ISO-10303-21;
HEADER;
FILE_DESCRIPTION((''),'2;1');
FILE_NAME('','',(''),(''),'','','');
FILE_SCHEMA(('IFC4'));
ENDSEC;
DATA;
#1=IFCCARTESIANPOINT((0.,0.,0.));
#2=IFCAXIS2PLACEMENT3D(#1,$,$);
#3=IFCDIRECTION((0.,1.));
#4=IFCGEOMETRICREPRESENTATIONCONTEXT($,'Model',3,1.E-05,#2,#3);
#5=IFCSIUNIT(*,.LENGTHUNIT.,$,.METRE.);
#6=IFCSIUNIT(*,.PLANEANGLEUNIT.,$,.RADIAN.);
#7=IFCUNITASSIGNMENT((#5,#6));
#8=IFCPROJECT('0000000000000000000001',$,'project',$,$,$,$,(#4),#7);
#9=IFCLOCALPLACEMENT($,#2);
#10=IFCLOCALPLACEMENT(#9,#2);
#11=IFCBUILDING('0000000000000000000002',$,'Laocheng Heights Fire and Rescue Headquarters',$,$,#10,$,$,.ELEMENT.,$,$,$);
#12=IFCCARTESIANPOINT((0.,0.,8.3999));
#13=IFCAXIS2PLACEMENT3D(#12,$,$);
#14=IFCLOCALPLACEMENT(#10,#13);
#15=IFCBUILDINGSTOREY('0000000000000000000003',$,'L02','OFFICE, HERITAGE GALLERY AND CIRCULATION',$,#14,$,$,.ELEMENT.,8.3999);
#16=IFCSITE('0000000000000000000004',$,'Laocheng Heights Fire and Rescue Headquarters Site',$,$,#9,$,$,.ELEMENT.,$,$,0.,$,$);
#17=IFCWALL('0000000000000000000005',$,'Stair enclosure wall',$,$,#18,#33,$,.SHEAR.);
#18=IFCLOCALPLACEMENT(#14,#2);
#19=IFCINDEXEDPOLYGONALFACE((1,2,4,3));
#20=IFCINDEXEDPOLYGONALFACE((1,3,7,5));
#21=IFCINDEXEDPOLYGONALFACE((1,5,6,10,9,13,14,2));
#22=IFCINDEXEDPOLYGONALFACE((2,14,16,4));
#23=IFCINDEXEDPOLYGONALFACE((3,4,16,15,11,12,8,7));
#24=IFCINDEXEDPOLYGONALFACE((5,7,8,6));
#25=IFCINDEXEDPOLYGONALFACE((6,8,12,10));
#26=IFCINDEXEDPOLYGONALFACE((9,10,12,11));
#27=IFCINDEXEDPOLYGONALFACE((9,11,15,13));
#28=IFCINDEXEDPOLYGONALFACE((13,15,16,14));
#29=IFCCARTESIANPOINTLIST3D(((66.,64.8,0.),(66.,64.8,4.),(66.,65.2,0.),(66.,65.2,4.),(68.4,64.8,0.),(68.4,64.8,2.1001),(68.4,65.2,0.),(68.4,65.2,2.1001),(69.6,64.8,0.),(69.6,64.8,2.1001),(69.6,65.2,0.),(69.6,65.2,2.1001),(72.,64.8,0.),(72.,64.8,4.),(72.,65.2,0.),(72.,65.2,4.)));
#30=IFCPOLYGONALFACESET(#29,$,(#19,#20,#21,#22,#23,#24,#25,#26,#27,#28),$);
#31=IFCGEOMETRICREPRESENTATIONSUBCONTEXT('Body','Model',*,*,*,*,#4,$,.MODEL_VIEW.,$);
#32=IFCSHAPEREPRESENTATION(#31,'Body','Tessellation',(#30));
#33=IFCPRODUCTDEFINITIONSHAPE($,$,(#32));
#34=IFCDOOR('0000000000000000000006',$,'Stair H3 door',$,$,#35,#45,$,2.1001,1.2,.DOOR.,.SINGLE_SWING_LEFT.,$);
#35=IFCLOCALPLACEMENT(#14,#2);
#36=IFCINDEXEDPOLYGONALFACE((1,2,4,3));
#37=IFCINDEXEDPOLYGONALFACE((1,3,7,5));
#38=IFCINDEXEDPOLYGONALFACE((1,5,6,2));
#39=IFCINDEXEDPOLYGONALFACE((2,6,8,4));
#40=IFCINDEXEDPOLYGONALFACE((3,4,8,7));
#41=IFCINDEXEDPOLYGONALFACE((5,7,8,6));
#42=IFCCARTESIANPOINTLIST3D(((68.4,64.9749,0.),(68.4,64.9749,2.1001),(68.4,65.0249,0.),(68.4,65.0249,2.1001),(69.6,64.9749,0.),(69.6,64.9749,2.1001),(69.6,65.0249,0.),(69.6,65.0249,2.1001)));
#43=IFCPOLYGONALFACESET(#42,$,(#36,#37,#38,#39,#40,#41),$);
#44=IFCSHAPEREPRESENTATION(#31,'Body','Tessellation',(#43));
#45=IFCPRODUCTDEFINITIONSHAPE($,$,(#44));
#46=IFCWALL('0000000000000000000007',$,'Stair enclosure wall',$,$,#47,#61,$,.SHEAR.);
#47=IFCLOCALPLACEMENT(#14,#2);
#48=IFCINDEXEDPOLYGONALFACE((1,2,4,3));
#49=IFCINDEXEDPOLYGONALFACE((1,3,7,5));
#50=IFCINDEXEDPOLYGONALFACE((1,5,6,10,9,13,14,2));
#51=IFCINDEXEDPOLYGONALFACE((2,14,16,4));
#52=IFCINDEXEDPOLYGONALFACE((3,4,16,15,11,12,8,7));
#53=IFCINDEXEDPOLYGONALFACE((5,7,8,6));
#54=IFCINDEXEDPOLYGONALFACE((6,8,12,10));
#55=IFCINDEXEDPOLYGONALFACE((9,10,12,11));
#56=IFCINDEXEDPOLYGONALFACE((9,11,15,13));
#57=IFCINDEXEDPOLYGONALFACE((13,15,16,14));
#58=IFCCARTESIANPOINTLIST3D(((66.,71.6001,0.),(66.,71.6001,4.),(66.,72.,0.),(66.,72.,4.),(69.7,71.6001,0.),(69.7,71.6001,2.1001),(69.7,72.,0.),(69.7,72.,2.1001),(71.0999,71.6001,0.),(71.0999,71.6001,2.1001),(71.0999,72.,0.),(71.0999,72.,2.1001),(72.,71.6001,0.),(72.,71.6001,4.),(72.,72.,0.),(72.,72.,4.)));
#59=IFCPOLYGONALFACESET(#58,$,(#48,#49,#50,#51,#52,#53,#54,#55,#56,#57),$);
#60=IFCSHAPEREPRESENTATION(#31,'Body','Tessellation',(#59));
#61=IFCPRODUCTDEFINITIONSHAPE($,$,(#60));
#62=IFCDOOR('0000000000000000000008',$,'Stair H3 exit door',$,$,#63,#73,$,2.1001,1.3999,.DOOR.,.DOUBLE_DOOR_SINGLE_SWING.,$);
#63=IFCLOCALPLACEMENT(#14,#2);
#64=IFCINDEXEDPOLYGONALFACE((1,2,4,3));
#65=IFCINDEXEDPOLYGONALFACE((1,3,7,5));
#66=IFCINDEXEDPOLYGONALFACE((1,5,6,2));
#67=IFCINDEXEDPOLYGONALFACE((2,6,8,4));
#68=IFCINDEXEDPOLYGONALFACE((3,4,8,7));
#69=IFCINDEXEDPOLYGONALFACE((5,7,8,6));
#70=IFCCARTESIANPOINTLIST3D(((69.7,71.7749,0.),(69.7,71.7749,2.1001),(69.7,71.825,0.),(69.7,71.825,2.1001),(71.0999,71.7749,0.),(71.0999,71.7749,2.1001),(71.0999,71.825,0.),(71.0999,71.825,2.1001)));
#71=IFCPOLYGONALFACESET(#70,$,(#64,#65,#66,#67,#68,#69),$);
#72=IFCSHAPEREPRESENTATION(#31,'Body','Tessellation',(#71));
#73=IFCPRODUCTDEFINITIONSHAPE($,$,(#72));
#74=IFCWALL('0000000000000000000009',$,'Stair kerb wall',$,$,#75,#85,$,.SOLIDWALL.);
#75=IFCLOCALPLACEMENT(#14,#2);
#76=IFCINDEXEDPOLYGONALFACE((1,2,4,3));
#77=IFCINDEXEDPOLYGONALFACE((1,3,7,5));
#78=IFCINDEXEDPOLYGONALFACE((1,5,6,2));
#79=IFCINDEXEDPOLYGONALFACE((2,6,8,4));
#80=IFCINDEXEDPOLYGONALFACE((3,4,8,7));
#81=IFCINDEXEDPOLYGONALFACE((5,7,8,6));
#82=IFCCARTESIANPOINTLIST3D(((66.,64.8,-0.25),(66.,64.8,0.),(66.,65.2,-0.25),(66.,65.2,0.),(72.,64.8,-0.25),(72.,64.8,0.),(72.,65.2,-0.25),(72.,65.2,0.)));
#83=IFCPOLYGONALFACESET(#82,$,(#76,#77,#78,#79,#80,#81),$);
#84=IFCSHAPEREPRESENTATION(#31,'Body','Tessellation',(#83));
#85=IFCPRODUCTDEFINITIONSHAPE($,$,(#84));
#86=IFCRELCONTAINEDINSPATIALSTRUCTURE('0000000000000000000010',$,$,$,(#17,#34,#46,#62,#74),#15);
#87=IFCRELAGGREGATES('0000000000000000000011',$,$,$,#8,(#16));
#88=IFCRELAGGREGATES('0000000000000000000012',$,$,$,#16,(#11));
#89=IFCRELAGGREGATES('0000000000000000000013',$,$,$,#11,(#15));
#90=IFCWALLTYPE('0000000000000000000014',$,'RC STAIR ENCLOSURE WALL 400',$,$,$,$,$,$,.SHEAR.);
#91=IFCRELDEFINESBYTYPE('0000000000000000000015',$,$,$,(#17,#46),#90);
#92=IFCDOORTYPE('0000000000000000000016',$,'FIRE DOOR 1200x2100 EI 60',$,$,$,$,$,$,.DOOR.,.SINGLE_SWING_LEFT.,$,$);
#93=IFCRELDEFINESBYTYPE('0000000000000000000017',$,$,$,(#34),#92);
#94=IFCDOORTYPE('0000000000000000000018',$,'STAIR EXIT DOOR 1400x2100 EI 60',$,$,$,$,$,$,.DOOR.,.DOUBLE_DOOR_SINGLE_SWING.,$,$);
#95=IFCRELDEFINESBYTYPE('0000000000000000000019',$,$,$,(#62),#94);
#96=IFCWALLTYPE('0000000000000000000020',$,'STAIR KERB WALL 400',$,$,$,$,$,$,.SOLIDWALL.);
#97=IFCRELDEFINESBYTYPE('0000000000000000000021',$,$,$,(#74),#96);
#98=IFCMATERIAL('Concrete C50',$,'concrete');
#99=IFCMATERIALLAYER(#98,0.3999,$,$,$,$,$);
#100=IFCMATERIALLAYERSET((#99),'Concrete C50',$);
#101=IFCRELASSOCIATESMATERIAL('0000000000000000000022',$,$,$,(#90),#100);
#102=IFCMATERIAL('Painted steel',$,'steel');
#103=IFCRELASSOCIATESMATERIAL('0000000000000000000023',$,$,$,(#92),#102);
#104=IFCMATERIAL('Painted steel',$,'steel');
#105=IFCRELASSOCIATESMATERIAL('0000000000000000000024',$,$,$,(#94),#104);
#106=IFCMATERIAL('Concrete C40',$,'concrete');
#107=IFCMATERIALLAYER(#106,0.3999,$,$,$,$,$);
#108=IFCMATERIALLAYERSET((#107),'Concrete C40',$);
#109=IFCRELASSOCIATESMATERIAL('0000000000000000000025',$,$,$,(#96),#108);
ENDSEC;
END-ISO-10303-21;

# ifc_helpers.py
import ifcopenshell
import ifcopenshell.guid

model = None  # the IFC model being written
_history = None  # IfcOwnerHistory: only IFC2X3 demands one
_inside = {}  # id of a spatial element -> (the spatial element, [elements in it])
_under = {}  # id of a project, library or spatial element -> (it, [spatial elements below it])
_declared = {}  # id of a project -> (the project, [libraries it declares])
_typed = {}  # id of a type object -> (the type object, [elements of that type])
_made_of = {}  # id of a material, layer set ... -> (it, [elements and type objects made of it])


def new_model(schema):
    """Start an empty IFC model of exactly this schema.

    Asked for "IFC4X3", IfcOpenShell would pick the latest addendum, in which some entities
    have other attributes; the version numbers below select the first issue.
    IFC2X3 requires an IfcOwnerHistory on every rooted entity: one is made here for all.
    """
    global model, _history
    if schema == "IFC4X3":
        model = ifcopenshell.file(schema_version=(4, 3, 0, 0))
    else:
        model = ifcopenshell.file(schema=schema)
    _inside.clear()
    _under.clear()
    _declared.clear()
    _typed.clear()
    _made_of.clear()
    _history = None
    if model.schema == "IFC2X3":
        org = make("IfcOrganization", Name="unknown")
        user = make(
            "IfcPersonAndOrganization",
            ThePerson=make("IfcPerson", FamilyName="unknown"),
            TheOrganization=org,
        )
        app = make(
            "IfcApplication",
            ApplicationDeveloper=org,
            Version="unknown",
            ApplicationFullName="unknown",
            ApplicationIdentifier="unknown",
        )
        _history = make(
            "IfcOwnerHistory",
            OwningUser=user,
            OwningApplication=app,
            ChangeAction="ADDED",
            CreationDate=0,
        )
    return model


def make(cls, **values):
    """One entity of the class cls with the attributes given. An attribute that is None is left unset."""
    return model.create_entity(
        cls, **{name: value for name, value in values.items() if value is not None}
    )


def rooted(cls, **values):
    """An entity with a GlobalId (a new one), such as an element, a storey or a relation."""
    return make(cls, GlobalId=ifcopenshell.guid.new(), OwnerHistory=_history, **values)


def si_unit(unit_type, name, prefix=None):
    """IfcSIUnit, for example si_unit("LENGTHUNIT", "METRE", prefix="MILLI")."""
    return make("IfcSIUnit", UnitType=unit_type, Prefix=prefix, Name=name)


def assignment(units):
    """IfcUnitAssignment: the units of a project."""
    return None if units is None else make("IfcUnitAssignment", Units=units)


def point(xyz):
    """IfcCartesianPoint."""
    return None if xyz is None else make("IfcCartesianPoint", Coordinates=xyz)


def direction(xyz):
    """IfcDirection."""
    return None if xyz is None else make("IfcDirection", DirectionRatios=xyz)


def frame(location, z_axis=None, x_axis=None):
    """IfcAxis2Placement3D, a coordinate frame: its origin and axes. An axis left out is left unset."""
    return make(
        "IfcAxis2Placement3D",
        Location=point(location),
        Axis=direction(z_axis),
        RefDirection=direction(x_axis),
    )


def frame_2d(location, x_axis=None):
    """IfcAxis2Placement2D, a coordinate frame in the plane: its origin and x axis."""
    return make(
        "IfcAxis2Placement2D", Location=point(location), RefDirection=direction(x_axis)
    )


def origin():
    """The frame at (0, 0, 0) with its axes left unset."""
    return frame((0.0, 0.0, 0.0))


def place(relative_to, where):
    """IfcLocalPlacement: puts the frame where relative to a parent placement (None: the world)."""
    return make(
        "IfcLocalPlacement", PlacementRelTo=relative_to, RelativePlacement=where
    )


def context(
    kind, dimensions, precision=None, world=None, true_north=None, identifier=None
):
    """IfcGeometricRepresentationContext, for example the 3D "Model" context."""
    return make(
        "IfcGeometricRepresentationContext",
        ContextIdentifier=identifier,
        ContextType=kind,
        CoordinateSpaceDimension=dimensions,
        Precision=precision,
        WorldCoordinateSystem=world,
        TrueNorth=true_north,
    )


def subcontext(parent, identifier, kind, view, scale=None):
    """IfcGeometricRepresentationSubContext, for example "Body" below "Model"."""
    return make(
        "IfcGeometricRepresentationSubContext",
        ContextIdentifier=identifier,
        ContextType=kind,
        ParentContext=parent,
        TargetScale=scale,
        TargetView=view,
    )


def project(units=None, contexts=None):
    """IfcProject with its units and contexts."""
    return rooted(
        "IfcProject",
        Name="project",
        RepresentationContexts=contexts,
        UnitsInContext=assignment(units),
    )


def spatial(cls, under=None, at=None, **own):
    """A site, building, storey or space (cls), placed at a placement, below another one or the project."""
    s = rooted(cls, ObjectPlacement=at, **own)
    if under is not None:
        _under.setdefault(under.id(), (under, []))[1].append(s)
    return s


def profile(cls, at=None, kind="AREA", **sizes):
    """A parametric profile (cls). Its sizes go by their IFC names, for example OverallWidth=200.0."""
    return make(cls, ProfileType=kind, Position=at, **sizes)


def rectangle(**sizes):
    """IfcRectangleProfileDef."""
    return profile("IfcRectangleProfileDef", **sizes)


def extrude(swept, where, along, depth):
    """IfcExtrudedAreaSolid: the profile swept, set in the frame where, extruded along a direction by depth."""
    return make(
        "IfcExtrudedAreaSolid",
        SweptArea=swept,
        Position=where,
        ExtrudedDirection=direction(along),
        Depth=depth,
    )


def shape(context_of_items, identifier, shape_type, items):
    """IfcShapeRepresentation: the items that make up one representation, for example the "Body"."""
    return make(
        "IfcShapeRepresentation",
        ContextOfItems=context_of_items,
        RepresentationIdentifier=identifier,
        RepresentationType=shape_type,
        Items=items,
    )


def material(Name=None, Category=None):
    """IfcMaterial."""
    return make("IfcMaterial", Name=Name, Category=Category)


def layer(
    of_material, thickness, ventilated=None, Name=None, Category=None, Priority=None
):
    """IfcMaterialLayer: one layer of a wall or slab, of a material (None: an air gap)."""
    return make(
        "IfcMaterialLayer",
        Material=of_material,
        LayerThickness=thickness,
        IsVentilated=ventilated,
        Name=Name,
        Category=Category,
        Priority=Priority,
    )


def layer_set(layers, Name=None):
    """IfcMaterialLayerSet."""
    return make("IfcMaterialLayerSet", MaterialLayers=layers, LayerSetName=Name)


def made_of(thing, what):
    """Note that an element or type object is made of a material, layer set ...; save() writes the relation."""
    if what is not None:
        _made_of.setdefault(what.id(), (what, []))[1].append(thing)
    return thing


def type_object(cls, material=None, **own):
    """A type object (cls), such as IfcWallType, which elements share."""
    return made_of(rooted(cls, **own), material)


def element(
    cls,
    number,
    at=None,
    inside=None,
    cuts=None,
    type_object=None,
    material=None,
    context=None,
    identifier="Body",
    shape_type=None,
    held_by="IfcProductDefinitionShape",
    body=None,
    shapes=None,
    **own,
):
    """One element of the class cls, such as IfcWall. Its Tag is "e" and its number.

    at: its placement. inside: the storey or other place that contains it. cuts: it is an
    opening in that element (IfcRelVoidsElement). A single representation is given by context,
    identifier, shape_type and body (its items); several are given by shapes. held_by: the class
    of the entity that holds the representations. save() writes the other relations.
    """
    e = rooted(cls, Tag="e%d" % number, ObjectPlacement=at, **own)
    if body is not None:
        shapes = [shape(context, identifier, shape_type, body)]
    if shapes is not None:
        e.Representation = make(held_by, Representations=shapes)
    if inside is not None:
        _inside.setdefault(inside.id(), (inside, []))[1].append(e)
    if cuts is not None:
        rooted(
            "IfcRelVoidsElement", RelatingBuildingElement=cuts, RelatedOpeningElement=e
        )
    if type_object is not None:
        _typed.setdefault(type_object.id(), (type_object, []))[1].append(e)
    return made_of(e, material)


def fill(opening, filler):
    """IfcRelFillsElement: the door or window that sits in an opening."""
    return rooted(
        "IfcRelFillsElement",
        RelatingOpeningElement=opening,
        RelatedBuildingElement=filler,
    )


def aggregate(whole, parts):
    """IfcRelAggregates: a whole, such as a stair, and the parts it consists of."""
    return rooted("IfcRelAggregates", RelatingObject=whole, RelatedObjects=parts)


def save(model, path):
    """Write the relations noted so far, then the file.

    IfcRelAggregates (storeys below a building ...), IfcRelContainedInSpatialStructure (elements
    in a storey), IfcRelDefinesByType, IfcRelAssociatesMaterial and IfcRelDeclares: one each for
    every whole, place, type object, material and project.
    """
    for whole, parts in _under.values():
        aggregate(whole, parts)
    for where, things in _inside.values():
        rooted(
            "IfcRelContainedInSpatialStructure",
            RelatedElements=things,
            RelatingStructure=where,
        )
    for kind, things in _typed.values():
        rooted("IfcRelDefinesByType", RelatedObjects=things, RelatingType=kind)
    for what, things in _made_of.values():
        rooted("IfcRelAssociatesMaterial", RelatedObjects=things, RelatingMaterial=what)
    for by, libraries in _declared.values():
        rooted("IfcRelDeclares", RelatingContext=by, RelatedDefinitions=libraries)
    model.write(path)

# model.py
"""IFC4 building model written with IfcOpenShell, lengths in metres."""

from ifc_helpers import new_model, si_unit, direction, frame, frame_2d, origin, place, context, subcontext, project, spatial, rectangle, extrude, material, layer, layer_set, type_object, element, fill, save


model = new_model("IFC4")

# Units and contexts
model_context = context("Model", 3, precision=1e-05, world=origin(), true_north=direction((0.0, 1.0)))
body_context = subcontext(model_context, "Body", "Model", "MODEL_VIEW")
ifc_project = project(units=[si_unit("LENGTHUNIT", "METRE"), si_unit("PLANEANGLEUNIT", "RADIAN")], contexts=[model_context])

# Site, building, storey
site_placement = place(None, origin())
site = spatial("IfcSite", under=ifc_project, at=site_placement, Name="Laocheng Heights Fire and Rescue Headquarters Site", CompositionType="ELEMENT", RefElevation=0.0)
building_placement = place(site_placement, origin())
building = spatial("IfcBuilding", under=site, at=building_placement, Name="Laocheng Heights Fire and Rescue Headquarters", CompositionType="ELEMENT")
storey_placement = place(building_placement, frame((0.0, 0.0, 8.3999)))
storey = spatial("IfcBuildingStorey", under=building, at=storey_placement, Name="L02", Description="OFFICE, HERITAGE GALLERY AND CIRCULATION", CompositionType="ELEMENT", Elevation=8.3999)

# Walls, openings, doors
ifc_material_1 = material(Name="Concrete C50", Category="concrete")
ifc_layer_1 = layer(ifc_material_1, 0.3999)
ifc_layer_set_1 = layer_set([ifc_layer_1], Name="Concrete C50")
wall_type_1 = type_object("IfcWallType", Name="RC STAIR ENCLOSURE WALL 400", PredefinedType="SHEAR", material=ifc_layer_set_1)
wall_1_placement = place(storey_placement, frame((66.0, 65.0, 0.0), z_axis=(0.0, 0.0, 1.0), x_axis=(1.0, 0.0, 0.0)))
wall_1 = element("IfcWall", 1, at=wall_1_placement, inside=storey, type_object=wall_type_1, Name="Stair enclosure wall", PredefinedType="SHEAR", context=body_context, shape_type="SweptSolid", body=[
    extrude(rectangle(XDim=6.0, YDim=0.3999, at=frame_2d((3.0, 0.0))), origin(), (0.0, 0.0, 1.0), 4.0),
])
opening_1_placement = place(wall_1_placement, frame((2.3999, 0.0, 0.0)))
opening_1 = element("IfcOpeningElement", 2, at=opening_1_placement, cuts=wall_1, PredefinedType="OPENING", context=body_context, shape_type="SweptSolid", body=[
    extrude(rectangle(XDim=1.2, YDim=2.1001, at=frame_2d((0.6001, 1.05))), frame((0.0, 0.21, 0.0), z_axis=(0.0, -1.0, 0.0), x_axis=(1.0, 0.0, 0.0)), (0.0, 0.0, 1.0), 0.4199),
])
ifc_material_2 = material(Name="Painted steel", Category="steel")
door_type_1 = type_object("IfcDoorType", Name="FIRE DOOR 1200x2100 EI 60", OperationType="SINGLE_SWING_LEFT", PredefinedType="DOOR", material=ifc_material_2)
door_1_placement = place(opening_1_placement, origin())
door_1 = element("IfcDoor", 3, at=door_1_placement, inside=storey, type_object=door_type_1, Name="Stair H3 door", OperationType="SINGLE_SWING_LEFT", OverallHeight=2.1001, OverallWidth=1.2, PredefinedType="DOOR", context=body_context, shape_type="SweptSolid", body=[
    extrude(rectangle(XDim=1.2, YDim=2.1001, at=frame_2d((0.6001, 1.05))), frame((0.0, 0.0249, 0.0), z_axis=(0.0, -1.0, 0.0), x_axis=(1.0, 0.0, 0.0)), (0.0, 0.0, 1.0), 0.05),
])
fill(opening_1, door_1)
wall_2_placement = place(storey_placement, frame((66.0, 71.8, 0.0), z_axis=(0.0, 0.0, 1.0), x_axis=(1.0, 0.0, 0.0)))
wall_2 = element("IfcWall", 4, at=wall_2_placement, inside=storey, type_object=wall_type_1, Name="Stair enclosure wall", PredefinedType="SHEAR", context=body_context, shape_type="SweptSolid", body=[
    extrude(rectangle(XDim=6.0, YDim=0.3999, at=frame_2d((3.0, 0.0))), origin(), (0.0, 0.0, 1.0), 4.0),
])
opening_2_placement = place(wall_2_placement, frame((3.7, 0.0, 0.0)))
opening_2 = element("IfcOpeningElement", 5, at=opening_2_placement, cuts=wall_2, PredefinedType="OPENING", context=body_context, shape_type="SweptSolid", body=[
    extrude(rectangle(XDim=1.3999, YDim=2.1001, at=frame_2d((0.7, 1.05))), frame((0.0, 0.21, 0.0), z_axis=(0.0, -1.0, 0.0), x_axis=(1.0, 0.0, 0.0)), (0.0, 0.0, 1.0), 0.4199),
])
ifc_material_3 = material(Name="Painted steel", Category="steel")
door_type_2 = type_object("IfcDoorType", Name="STAIR EXIT DOOR 1400x2100 EI 60", OperationType="DOUBLE_DOOR_SINGLE_SWING", PredefinedType="DOOR", material=ifc_material_3)
door_2_placement = place(opening_2_placement, origin())
door_2 = element("IfcDoor", 6, at=door_2_placement, inside=storey, type_object=door_type_2, Name="Stair H3 exit door", OperationType="DOUBLE_DOOR_SINGLE_SWING", OverallHeight=2.1001, OverallWidth=1.3999, PredefinedType="DOOR", context=body_context, shape_type="SweptSolid", body=[
    extrude(rectangle(XDim=1.3999, YDim=2.1001, at=frame_2d((0.7, 1.05))), frame((0.0, 0.0249, 0.0), z_axis=(0.0, -1.0, 0.0), x_axis=(1.0, 0.0, 0.0)), (0.0, 0.0, 1.0), 0.05),
])
fill(opening_2, door_2)

# Wall
ifc_material_4 = material(Name="Concrete C40", Category="concrete")
ifc_layer_2 = layer(ifc_material_4, 0.3999)
ifc_layer_set_2 = layer_set([ifc_layer_2], Name="Concrete C40")
wall_type_2 = type_object("IfcWallType", Name="STAIR KERB WALL 400", PredefinedType="SOLIDWALL", material=ifc_layer_set_2)
wall_3_placement = place(storey_placement, frame((66.0, 65.0, -0.25), z_axis=(0.0, 0.0, 1.0), x_axis=(1.0, 0.0, 0.0)))
element("IfcWall", 7, at=wall_3_placement, inside=storey, type_object=wall_type_2, Name="Stair kerb wall", PredefinedType="SOLIDWALL", context=body_context, shape_type="SweptSolid", body=[
    extrude(rectangle(XDim=6.0, YDim=0.3999, at=frame_2d((3.0, 0.0))), origin(), (0.0, 0.0, 1.0), 0.25),
])

save(model, "model.ifc")
